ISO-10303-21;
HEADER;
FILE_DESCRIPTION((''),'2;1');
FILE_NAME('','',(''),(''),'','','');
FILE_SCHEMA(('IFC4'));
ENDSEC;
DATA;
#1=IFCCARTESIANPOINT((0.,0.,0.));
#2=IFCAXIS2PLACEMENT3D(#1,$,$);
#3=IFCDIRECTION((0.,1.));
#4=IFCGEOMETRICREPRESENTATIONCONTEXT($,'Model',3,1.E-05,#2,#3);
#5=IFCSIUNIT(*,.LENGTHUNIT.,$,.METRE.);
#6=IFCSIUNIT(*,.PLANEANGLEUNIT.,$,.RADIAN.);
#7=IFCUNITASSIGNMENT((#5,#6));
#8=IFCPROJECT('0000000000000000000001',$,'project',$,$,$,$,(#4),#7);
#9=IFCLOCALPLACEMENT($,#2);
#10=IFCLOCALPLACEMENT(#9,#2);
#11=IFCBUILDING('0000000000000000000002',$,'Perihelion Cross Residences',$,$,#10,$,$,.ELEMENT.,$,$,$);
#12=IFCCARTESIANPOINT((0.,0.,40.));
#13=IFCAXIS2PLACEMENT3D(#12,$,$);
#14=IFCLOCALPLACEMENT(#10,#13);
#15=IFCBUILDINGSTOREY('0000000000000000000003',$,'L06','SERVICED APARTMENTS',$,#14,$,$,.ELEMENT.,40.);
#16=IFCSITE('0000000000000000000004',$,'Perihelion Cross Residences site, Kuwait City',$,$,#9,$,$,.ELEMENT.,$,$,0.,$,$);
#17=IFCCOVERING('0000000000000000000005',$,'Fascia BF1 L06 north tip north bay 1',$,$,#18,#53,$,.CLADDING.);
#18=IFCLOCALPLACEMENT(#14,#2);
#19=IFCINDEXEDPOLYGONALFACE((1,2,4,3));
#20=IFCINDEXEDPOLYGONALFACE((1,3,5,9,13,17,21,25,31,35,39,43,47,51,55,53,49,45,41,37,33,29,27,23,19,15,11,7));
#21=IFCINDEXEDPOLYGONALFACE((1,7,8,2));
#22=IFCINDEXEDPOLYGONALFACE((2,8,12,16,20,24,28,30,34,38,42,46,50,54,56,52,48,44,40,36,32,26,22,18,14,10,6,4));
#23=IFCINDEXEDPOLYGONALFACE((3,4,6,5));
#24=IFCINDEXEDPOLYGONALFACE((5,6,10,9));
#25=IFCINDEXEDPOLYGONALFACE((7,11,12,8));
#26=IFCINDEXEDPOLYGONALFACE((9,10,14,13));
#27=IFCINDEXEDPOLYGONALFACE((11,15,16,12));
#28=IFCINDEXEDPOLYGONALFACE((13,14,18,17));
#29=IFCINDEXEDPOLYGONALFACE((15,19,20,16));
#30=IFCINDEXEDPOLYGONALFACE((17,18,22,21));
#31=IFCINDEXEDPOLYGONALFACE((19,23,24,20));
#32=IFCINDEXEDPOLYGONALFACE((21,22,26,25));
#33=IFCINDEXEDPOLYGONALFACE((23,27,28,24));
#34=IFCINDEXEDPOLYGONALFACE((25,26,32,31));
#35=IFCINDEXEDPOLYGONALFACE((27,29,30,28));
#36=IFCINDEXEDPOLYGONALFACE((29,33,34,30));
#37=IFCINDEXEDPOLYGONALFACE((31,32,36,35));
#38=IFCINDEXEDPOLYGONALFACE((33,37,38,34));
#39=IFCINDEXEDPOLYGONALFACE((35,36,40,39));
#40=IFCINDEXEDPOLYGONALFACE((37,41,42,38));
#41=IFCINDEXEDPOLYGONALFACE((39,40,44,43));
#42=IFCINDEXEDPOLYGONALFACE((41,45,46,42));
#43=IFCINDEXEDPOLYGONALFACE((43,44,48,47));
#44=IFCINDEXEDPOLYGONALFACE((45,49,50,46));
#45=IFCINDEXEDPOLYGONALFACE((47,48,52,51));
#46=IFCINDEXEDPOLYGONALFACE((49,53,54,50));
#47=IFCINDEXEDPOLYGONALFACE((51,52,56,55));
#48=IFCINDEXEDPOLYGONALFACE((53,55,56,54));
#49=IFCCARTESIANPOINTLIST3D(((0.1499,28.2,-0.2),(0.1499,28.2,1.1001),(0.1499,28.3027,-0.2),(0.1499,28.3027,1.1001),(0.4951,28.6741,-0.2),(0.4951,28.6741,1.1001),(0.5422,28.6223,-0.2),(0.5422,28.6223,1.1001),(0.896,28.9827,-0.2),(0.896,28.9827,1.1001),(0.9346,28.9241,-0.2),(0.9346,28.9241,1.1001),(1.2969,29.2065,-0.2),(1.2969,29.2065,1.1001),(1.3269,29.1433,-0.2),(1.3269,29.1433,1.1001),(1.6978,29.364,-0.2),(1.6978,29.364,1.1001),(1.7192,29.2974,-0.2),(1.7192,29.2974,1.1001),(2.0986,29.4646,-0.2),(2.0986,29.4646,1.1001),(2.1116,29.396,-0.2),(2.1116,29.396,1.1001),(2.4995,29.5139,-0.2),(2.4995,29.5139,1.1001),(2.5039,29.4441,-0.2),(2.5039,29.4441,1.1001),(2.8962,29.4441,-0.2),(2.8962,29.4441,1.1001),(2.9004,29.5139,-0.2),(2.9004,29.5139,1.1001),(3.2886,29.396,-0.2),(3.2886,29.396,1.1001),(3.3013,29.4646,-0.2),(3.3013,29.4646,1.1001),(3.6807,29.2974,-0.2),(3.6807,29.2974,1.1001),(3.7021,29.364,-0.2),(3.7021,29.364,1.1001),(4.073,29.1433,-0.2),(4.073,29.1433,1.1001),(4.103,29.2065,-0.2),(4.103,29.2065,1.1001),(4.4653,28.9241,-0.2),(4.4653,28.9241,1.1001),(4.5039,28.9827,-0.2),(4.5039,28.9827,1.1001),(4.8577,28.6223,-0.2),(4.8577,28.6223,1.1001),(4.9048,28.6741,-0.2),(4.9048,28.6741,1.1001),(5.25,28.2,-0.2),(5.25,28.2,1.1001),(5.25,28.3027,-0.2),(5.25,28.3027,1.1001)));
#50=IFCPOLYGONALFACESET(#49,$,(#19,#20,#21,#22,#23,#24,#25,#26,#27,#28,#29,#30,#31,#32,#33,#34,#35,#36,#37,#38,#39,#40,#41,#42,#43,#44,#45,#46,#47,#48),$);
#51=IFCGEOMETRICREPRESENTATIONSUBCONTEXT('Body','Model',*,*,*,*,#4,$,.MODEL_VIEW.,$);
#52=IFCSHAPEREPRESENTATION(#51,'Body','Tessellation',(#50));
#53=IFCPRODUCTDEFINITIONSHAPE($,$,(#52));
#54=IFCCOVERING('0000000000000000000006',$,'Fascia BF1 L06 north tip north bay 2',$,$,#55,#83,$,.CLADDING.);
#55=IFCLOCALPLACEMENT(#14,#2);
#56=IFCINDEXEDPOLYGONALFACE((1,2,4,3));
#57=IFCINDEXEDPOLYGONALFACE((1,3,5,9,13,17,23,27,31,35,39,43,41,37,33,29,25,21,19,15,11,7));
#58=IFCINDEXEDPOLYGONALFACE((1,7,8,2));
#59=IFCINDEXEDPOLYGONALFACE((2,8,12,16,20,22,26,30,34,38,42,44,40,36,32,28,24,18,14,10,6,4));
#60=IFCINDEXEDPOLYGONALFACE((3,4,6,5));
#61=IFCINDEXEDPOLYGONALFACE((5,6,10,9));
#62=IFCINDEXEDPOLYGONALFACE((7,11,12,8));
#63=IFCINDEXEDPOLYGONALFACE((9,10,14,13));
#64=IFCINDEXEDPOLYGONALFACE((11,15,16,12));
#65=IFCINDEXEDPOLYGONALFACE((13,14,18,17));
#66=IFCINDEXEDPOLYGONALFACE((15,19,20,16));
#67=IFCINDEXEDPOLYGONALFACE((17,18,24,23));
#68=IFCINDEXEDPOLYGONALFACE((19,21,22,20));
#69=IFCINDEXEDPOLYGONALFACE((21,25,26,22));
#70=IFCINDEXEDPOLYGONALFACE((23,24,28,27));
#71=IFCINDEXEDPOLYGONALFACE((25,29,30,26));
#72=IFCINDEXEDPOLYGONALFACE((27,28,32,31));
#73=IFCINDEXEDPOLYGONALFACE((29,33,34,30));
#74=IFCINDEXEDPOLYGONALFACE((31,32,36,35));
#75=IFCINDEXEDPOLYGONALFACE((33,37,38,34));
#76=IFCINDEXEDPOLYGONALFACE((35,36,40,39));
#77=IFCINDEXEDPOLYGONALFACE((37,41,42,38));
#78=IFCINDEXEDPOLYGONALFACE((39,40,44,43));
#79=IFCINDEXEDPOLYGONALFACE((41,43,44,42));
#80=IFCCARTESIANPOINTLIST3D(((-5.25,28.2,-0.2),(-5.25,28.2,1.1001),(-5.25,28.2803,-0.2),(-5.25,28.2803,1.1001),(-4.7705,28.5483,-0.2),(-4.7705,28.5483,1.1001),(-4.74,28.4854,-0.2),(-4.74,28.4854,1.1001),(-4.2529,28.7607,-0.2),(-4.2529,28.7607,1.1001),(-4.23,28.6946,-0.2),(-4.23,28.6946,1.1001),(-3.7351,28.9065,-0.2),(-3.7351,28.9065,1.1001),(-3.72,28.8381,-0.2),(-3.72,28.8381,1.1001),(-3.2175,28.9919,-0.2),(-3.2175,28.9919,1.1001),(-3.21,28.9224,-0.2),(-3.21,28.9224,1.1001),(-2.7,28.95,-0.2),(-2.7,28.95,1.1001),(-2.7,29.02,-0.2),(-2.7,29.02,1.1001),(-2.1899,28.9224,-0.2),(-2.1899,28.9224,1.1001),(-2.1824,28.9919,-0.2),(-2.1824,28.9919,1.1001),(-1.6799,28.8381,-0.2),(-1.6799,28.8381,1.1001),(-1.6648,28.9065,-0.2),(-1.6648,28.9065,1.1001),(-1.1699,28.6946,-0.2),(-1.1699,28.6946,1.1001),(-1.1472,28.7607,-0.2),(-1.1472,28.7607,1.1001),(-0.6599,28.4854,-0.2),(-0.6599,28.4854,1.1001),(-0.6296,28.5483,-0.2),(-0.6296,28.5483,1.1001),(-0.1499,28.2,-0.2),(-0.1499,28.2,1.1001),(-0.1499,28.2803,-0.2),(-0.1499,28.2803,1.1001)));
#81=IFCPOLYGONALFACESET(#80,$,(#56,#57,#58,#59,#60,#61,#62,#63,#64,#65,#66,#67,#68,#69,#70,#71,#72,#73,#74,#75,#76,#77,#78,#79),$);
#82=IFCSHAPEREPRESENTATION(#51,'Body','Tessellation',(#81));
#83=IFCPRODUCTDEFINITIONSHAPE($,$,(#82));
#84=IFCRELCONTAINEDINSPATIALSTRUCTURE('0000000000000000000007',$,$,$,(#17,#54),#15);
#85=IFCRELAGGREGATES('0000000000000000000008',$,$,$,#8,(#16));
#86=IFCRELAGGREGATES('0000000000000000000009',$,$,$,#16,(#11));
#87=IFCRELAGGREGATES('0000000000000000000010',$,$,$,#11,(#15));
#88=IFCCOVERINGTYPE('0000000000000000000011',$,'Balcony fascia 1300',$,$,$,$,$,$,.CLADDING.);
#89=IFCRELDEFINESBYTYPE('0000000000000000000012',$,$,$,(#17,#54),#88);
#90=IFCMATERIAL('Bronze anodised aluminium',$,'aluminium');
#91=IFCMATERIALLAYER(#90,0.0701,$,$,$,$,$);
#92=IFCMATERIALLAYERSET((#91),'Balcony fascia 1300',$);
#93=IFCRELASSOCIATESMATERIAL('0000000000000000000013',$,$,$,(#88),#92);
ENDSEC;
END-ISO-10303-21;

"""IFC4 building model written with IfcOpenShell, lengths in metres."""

from ifc_helpers import new_model, si_unit, direction, frame, origin, place, context, subcontext, project, spatial, polyline, outline, extrude, material, layer, layer_set, type_object, element, save


model = new_model("IFC4")

# Units and contexts
model_context = context("Model", 3, precision=1e-05, world=origin(), true_north=direction((0.0, 1.0)))
body_context = subcontext(model_context, "Body", "Model", "MODEL_VIEW")
ifc_project = project(units=[si_unit("LENGTHUNIT", "METRE"), si_unit("PLANEANGLEUNIT", "RADIAN")], contexts=[model_context])

# Site, building, storey
site_placement = place(None, origin())
site = spatial("IfcSite", under=ifc_project, at=site_placement, Name="Perihelion Cross Residences site, Kuwait City", CompositionType="ELEMENT", RefElevation=0.0)
building_placement = place(site_placement, origin())
building = spatial("IfcBuilding", under=site, at=building_placement, Name="Perihelion Cross Residences", CompositionType="ELEMENT")
storey_placement = place(building_placement, frame((0.0, 0.0, 40.0)))
storey = spatial("IfcBuildingStorey", under=building, at=storey_placement, Name="L06", Description="SERVICED APARTMENTS", CompositionType="ELEMENT", Elevation=40.0)

# Coverings
ifc_material_1 = material(Name="Bronze anodised aluminium", Category="aluminium")
ifc_layer_1 = layer(ifc_material_1, 0.0701)
ifc_layer_set_1 = layer_set([ifc_layer_1], Name="Balcony fascia 1300")
covering_type = type_object("IfcCoveringType", Name="Balcony fascia 1300", PredefinedType="CLADDING", material=ifc_layer_set_1)
covering_1_placement = place(storey_placement, frame((0.0, 0.0, -0.2)))
element("IfcCovering", 1, at=covering_1_placement, inside=storey, type_object=covering_type, Name="Fascia BF1 L06 north tip north bay 1", PredefinedType="CLADDING", context=body_context, shape_type="SweptSolid", body=[
    extrude(outline(polyline([(4.9048, 28.6741), (4.5039, 28.9827), (4.103, 29.2065), (3.7021, 29.364), (3.3013, 29.4646), (2.9004, 29.5139), (2.4995, 29.5139), (2.0986, 29.4646), (1.6978, 29.364), (1.2969, 29.2065), (0.896, 28.9827), (0.4951, 28.6741), (0.1499, 28.3027), (0.1499, 28.2), (0.5422, 28.6223), (0.9346, 28.9241), (1.3269, 29.1433), (1.7192, 29.2974), (2.1116, 29.396), (2.5039, 29.4441), (2.8962, 29.4441), (3.2886, 29.396), (3.6807, 29.2974), (4.073, 29.1433), (4.4653, 28.9241), (4.8577, 28.6223), (5.25, 28.2), (5.25, 28.3027), (4.9048, 28.6741)])), origin(), (0.0, 0.0, 1.0), 1.3),
])
covering_2_placement = place(storey_placement, frame((0.0, 0.0, -0.2)))
element("IfcCovering", 2, at=covering_2_placement, inside=storey, type_object=covering_type, Name="Fascia BF1 L06 north tip north bay 2", PredefinedType="CLADDING", context=body_context, shape_type="SweptSolid", body=[
    extrude(outline(polyline([(-0.6296, 28.5483), (-1.1472, 28.7607), (-1.6648, 28.9065), (-2.1824, 28.9919), (-2.7, 29.02), (-3.2175, 28.9919), (-3.7351, 28.9065), (-4.2529, 28.7607), (-4.7705, 28.5483), (-5.25, 28.2803), (-5.25, 28.2), (-4.74, 28.4854), (-4.23, 28.6946), (-3.72, 28.8381), (-3.21, 28.9224), (-2.7, 28.95), (-2.1899, 28.9224), (-1.6799, 28.8381), (-1.1699, 28.6946), (-0.6599, 28.4854), (-0.1499, 28.2), (-0.1499, 28.2803), (-0.6296, 28.5483)])), origin(), (0.0, 0.0, 1.0), 1.3),
])

save(model, "model.ifc")
